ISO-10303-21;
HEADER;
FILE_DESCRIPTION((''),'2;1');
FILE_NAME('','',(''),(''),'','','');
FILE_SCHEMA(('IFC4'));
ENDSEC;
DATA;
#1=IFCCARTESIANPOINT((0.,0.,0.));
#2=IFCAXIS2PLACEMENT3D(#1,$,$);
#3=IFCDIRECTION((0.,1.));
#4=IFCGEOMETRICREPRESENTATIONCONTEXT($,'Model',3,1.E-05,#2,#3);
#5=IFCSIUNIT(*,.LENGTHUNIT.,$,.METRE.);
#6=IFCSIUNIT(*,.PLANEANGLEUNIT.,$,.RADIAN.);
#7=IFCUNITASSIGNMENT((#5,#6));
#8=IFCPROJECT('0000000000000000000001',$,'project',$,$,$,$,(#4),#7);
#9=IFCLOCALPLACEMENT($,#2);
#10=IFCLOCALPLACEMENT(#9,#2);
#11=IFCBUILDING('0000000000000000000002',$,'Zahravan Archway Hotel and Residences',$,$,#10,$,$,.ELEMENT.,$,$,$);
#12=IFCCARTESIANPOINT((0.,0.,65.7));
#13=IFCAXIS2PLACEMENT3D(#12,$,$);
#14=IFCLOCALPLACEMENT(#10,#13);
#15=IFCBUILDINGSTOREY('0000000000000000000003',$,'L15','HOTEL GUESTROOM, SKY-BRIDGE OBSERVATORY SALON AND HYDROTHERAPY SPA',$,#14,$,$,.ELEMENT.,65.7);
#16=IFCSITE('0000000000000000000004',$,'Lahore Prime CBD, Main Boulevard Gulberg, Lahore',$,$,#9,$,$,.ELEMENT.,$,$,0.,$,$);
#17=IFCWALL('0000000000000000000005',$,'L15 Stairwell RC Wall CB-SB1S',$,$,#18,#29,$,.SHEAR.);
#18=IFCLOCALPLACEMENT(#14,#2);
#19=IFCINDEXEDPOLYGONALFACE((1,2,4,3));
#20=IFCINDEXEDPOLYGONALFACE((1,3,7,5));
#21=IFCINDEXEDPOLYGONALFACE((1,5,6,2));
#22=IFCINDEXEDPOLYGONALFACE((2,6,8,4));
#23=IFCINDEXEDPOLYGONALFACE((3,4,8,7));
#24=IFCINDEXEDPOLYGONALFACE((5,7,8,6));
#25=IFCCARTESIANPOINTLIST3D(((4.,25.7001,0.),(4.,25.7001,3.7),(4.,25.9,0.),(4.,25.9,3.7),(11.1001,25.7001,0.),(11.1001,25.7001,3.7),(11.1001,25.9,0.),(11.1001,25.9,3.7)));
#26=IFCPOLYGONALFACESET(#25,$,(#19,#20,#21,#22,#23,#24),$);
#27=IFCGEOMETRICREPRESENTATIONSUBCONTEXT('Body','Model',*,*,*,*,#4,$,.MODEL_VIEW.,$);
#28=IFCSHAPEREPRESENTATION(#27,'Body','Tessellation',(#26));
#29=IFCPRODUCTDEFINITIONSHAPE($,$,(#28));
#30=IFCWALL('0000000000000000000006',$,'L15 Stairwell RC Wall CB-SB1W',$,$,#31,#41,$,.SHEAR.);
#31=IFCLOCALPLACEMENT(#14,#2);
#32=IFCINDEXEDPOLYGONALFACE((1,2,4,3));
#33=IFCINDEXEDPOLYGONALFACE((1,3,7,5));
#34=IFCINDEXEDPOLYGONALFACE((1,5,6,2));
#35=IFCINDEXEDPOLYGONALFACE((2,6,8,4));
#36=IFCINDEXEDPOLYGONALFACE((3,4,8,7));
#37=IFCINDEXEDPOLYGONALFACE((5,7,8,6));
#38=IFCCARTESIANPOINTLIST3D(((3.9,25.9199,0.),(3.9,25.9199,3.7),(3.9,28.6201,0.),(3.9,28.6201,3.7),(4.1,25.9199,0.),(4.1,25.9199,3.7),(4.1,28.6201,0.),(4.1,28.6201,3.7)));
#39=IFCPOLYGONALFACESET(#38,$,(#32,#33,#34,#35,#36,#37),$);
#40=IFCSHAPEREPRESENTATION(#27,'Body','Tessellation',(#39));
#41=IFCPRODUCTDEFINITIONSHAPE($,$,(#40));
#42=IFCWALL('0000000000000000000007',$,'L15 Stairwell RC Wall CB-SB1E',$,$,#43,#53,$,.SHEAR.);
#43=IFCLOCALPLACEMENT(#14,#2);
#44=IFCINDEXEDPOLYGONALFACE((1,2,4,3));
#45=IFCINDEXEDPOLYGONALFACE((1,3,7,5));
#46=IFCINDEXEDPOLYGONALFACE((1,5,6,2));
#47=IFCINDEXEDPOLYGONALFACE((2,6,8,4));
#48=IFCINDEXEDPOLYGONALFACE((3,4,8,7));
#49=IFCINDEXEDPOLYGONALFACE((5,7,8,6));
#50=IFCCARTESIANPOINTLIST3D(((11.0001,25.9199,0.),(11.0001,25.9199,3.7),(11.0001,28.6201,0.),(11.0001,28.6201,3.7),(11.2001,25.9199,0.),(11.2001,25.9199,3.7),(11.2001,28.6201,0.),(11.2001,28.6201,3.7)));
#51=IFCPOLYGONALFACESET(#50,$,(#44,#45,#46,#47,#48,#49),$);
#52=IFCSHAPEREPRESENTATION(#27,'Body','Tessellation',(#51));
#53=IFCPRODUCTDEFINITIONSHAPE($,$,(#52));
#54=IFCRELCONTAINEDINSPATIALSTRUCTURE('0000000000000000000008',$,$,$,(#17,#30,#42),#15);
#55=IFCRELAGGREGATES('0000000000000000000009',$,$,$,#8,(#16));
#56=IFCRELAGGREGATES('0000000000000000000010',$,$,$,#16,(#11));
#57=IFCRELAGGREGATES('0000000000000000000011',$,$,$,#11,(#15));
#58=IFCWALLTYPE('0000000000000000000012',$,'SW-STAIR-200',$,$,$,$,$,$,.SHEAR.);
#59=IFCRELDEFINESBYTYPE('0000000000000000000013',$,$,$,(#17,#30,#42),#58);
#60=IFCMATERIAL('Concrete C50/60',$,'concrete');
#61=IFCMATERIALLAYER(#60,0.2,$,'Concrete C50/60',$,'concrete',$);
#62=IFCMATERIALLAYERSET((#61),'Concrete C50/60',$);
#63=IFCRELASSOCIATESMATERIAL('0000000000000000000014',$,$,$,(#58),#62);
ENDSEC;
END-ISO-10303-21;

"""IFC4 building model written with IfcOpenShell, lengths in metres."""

from ifc_helpers import new_model, si_unit, direction, frame, frame_2d, origin, place, context, subcontext, project, spatial, rectangle, extrude, material, layer, layer_set, type_object, element, save


model = new_model("IFC4")

# Units and contexts
model_context = context("Model", 3, precision=1e-05, world=origin(), true_north=direction((0.0, 1.0)))
body_context = subcontext(model_context, "Body", "Model", "MODEL_VIEW")
ifc_project = project(units=[si_unit("LENGTHUNIT", "METRE"), si_unit("PLANEANGLEUNIT", "RADIAN")], contexts=[model_context])

# Site, building, storey
site_placement = place(None, origin())
site = spatial("IfcSite", under=ifc_project, at=site_placement, Name="Lahore Prime CBD, Main Boulevard Gulberg, Lahore", CompositionType="ELEMENT", RefElevation=0.0)
building_placement = place(site_placement, origin())
building = spatial("IfcBuilding", under=site, at=building_placement, Name="Zahravan Archway Hotel and Residences", CompositionType="ELEMENT")
storey_placement = place(building_placement, frame((0.0, 0.0, 65.7)))
storey = spatial("IfcBuildingStorey", under=building, at=storey_placement, Name="L15", Description="HOTEL GUESTROOM, SKY-BRIDGE OBSERVATORY SALON AND HYDROTHERAPY SPA", CompositionType="ELEMENT", Elevation=65.7)

# Walls
ifc_material_1 = material(Name="Concrete C50/60", Category="concrete")
ifc_layer_1 = layer(ifc_material_1, 0.2, Name="Concrete C50/60", Category="concrete")
ifc_layer_set_1 = layer_set([ifc_layer_1], Name="Concrete C50/60")
wall_type_1 = type_object("IfcWallType", Name="SW-STAIR-200", PredefinedType="SHEAR", material=ifc_layer_set_1)
wall_1_placement = place(storey_placement, frame((4.0, 25.8, 0.0), z_axis=(0.0, 0.0, 1.0), x_axis=(1.0, 0.0, 0.0)))
element("IfcWall", 1, at=wall_1_placement, inside=storey, type_object=wall_type_1, Name="L15 Stairwell RC Wall CB-SB1S", PredefinedType="SHEAR", context=body_context, shape_type="SweptSolid", body=[
    extrude(rectangle(XDim=7.1001, YDim=0.2, at=frame_2d((3.55, 0.0))), origin(), (0.0, 0.0, 1.0), 3.7),
])
for number, where, z_axis, x_axis, name in (
    (2, (4.0, 25.9199, 0.0), (0.0, 0.0, 1.0), (0.0, 1.0, 0.0), "L15 Stairwell RC Wall CB-SB1W"),
    (3, (11.1001, 25.9199, 0.0), (0.0, 0.0, 1.0), (0.0, 1.0, 0.0), "L15 Stairwell RC Wall CB-SB1E"),
):
    element("IfcWall", number, at=place(storey_placement, frame(where, z_axis=z_axis, x_axis=x_axis)), inside=storey, type_object=wall_type_1, Name=name, PredefinedType="SHEAR", context=body_context, shape_type="SweptSolid", body=[
        extrude(rectangle(XDim=2.7002, YDim=0.2, at=frame_2d((1.3501, 0.0))), origin(), (0.0, 0.0, 1.0), 3.7),
    ])

save(model, "model.ifc")
